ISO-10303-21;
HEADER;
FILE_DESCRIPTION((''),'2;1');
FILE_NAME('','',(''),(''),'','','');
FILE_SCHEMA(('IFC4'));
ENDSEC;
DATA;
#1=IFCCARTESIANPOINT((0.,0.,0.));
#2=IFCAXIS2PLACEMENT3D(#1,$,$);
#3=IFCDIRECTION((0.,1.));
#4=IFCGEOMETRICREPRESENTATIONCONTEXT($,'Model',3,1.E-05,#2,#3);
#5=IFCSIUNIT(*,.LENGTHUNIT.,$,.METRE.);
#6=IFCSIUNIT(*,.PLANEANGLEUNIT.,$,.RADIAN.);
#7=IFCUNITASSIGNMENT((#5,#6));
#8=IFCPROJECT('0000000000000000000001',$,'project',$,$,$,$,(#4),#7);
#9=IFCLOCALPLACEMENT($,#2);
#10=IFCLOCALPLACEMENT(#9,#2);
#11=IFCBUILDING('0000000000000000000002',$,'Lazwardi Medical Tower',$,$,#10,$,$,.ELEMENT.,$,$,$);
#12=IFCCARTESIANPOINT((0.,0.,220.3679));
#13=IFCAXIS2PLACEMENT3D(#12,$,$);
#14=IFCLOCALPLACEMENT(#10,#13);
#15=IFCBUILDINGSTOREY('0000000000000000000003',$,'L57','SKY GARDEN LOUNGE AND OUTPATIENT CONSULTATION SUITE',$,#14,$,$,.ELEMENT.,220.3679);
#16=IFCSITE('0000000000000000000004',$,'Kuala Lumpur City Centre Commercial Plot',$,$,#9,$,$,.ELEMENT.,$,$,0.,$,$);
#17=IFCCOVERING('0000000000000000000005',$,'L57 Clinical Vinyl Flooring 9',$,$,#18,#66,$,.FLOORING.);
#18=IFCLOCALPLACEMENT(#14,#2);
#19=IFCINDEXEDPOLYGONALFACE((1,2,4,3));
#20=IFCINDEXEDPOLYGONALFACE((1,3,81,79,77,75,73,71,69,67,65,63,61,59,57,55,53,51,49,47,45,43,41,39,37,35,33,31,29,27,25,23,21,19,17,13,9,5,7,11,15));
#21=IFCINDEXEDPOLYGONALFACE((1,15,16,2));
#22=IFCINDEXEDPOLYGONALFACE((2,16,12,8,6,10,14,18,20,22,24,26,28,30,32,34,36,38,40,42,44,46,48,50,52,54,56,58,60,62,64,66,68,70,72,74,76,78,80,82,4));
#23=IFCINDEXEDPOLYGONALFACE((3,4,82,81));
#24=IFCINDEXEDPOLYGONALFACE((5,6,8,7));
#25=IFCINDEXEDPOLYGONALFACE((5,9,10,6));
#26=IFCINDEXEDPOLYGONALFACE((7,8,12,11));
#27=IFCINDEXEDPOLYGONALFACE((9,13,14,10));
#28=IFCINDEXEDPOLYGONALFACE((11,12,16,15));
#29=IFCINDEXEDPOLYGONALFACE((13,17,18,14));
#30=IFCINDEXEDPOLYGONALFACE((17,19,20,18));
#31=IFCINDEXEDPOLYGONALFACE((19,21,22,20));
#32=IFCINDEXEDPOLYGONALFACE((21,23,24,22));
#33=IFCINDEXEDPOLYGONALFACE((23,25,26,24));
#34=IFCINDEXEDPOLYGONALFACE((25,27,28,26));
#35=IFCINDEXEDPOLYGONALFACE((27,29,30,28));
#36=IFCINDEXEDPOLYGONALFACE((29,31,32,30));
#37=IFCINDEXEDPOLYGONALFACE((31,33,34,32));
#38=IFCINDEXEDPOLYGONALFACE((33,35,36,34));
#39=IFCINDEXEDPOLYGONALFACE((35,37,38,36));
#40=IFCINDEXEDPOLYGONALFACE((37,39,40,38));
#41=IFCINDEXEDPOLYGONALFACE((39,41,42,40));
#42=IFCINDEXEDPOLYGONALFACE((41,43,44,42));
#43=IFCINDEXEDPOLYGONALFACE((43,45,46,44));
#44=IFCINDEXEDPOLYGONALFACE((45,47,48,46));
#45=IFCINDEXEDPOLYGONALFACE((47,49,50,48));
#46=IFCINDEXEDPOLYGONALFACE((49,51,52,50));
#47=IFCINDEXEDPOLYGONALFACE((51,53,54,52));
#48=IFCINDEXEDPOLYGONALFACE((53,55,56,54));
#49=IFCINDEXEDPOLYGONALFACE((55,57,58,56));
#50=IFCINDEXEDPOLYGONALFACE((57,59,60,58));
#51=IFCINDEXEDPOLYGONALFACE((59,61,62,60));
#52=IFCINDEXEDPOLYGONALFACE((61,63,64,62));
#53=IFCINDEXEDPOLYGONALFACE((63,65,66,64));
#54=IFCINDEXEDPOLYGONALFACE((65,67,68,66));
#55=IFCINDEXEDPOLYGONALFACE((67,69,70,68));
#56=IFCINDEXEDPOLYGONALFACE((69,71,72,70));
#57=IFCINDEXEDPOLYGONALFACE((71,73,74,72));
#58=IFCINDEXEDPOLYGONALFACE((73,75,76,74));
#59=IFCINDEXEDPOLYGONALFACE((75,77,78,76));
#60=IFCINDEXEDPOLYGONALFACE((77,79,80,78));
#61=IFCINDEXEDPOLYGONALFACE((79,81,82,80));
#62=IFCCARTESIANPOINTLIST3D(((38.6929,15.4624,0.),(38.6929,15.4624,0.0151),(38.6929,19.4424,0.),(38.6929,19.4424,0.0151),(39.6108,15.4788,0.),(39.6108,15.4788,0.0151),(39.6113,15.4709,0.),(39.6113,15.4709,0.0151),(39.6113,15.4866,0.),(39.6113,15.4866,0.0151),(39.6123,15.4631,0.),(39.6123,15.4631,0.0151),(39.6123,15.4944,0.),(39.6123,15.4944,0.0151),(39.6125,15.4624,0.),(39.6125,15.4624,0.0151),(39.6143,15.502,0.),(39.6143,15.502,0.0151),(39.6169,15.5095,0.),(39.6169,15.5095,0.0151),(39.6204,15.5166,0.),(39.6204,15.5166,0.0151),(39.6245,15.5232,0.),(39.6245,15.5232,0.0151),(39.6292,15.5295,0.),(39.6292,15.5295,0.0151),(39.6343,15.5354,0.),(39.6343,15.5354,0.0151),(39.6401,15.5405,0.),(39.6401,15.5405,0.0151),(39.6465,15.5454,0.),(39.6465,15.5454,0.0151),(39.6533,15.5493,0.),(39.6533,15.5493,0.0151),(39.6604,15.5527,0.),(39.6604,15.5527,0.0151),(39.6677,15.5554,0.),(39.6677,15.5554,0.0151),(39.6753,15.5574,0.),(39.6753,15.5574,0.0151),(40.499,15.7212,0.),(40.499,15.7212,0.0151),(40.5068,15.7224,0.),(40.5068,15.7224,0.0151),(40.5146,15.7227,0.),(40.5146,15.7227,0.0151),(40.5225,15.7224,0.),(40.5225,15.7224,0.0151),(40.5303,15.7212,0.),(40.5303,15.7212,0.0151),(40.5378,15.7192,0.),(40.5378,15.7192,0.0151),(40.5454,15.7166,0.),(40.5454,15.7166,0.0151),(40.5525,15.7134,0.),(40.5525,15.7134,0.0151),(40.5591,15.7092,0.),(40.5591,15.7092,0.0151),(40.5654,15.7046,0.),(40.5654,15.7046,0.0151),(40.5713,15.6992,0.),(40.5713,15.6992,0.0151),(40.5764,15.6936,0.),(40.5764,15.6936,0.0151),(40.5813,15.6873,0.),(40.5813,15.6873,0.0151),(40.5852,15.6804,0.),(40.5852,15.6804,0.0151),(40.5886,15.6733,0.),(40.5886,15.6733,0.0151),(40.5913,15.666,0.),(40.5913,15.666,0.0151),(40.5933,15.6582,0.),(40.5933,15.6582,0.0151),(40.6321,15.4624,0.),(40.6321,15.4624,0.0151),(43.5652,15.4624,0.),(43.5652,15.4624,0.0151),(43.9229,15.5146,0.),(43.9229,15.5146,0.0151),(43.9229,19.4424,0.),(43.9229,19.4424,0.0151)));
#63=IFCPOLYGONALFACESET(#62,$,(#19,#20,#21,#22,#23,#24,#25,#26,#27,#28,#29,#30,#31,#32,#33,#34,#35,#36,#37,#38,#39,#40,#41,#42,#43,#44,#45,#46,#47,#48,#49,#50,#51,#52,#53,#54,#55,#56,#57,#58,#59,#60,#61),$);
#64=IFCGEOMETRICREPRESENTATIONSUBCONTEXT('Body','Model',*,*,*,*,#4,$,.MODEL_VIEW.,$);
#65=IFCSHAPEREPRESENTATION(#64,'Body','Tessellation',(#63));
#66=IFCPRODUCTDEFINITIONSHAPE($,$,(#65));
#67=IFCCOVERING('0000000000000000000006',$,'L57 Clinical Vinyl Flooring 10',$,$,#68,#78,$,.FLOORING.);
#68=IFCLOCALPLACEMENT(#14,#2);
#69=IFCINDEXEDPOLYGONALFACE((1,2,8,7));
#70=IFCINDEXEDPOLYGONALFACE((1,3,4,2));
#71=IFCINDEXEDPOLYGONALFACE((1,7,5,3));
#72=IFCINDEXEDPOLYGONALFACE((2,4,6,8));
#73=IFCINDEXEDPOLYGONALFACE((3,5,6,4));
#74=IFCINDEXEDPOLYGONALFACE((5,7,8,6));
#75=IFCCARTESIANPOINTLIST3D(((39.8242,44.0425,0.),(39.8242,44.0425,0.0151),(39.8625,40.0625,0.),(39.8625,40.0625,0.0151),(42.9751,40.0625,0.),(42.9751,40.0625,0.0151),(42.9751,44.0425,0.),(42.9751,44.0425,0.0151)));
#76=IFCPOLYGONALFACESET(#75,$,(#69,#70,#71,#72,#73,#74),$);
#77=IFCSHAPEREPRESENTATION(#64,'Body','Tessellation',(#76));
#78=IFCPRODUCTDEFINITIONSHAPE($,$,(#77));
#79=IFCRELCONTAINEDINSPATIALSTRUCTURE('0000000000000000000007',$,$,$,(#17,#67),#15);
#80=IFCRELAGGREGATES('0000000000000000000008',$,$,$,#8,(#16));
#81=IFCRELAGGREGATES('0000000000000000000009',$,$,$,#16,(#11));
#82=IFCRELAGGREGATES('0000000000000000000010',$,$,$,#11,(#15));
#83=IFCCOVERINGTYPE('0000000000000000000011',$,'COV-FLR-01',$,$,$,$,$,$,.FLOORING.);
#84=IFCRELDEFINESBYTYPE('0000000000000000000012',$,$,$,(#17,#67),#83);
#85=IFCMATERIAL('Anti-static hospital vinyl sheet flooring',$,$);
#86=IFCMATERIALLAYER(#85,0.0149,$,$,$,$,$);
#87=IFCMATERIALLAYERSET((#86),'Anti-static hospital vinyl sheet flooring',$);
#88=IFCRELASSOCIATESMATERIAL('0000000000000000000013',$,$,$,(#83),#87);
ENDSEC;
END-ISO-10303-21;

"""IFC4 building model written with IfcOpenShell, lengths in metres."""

from ifc_helpers import new_model, si_unit, direction, frame, origin, place, context, subcontext, project, spatial, polyline, outline, extrude, material, layer, layer_set, type_object, element, save


model = new_model("IFC4")

# Units and contexts
model_context = context("Model", 3, precision=1e-05, world=origin(), true_north=direction((0.0, 1.0)))
body_context = subcontext(model_context, "Body", "Model", "MODEL_VIEW")
ifc_project = project(units=[si_unit("LENGTHUNIT", "METRE"), si_unit("PLANEANGLEUNIT", "RADIAN")], contexts=[model_context])

# Site, building, storey
site_placement = place(None, origin())
site = spatial("IfcSite", under=ifc_project, at=site_placement, Name="Kuala Lumpur City Centre Commercial Plot", CompositionType="ELEMENT", RefElevation=0.0)
building_placement = place(site_placement, origin())
building = spatial("IfcBuilding", under=site, at=building_placement, Name="Lazwardi Medical Tower", CompositionType="ELEMENT")
storey_placement = place(building_placement, frame((0.0, 0.0, 220.3679)))
storey = spatial("IfcBuildingStorey", under=building, at=storey_placement, Name="L57", Description="SKY GARDEN LOUNGE AND OUTPATIENT CONSULTATION SUITE", CompositionType="ELEMENT", Elevation=220.3679)

# Coverings
ifc_material_1 = material(Name="Anti-static hospital vinyl sheet flooring")
ifc_layer_1 = layer(ifc_material_1, 0.0149)
ifc_layer_set_1 = layer_set([ifc_layer_1], Name="Anti-static hospital vinyl sheet flooring")
covering_type_1 = type_object("IfcCoveringType", Name="COV-FLR-01", PredefinedType="FLOORING", material=ifc_layer_set_1)
covering_1_placement = place(storey_placement, origin())
element("IfcCovering", 1, at=covering_1_placement, inside=storey, type_object=covering_type_1, Name="L57 Clinical Vinyl Flooring 9", PredefinedType="FLOORING", context=body_context, shape_type="SweptSolid", body=[
    extrude(outline(polyline([(39.6125, 15.4624), (39.6123, 15.4631), (39.6113, 15.4709), (39.6108, 15.4788), (39.6113, 15.4866), (39.6123, 15.4944), (39.6143, 15.502), (39.6169, 15.5095), (39.6204, 15.5166), (39.6245, 15.5232), (39.6292, 15.5295), (39.6343, 15.5354), (39.6401, 15.5405), (39.6465, 15.5454), (39.6533, 15.5493), (39.6604, 15.5527), (39.6677, 15.5554), (39.6753, 15.5574), (40.499, 15.7212), (40.5068, 15.7224), (40.5146, 15.7227), (40.5225, 15.7224), (40.5303, 15.7212), (40.5378, 15.7192), (40.5454, 15.7166), (40.5525, 15.7134), (40.5591, 15.7092), (40.5654, 15.7046), (40.5713, 15.6992), (40.5764, 15.6936), (40.5813, 15.6873), (40.5852, 15.6804), (40.5886, 15.6733), (40.5913, 15.666), (40.5933, 15.6582), (40.6321, 15.4624), (43.5652, 15.4624), (43.9229, 15.5146), (43.9229, 19.4424), (38.6929, 19.4424), (38.6929, 15.4624), (39.6125, 15.4624)])), origin(), (0.0, 0.0, 1.0), 0.0151),
])
covering_2_placement = place(storey_placement, origin())
element("IfcCovering", 2, at=covering_2_placement, inside=storey, type_object=covering_type_1, Name="L57 Clinical Vinyl Flooring 10", PredefinedType="FLOORING", context=body_context, shape_type="SweptSolid", body=[
    extrude(outline(polyline([(39.8242, 44.0425), (39.8625, 40.0625), (42.9751, 40.0625), (42.9751, 44.0425), (39.8242, 44.0425)])), origin(), (0.0, 0.0, 1.0), 0.0151),
])

save(model, "model.ifc")
